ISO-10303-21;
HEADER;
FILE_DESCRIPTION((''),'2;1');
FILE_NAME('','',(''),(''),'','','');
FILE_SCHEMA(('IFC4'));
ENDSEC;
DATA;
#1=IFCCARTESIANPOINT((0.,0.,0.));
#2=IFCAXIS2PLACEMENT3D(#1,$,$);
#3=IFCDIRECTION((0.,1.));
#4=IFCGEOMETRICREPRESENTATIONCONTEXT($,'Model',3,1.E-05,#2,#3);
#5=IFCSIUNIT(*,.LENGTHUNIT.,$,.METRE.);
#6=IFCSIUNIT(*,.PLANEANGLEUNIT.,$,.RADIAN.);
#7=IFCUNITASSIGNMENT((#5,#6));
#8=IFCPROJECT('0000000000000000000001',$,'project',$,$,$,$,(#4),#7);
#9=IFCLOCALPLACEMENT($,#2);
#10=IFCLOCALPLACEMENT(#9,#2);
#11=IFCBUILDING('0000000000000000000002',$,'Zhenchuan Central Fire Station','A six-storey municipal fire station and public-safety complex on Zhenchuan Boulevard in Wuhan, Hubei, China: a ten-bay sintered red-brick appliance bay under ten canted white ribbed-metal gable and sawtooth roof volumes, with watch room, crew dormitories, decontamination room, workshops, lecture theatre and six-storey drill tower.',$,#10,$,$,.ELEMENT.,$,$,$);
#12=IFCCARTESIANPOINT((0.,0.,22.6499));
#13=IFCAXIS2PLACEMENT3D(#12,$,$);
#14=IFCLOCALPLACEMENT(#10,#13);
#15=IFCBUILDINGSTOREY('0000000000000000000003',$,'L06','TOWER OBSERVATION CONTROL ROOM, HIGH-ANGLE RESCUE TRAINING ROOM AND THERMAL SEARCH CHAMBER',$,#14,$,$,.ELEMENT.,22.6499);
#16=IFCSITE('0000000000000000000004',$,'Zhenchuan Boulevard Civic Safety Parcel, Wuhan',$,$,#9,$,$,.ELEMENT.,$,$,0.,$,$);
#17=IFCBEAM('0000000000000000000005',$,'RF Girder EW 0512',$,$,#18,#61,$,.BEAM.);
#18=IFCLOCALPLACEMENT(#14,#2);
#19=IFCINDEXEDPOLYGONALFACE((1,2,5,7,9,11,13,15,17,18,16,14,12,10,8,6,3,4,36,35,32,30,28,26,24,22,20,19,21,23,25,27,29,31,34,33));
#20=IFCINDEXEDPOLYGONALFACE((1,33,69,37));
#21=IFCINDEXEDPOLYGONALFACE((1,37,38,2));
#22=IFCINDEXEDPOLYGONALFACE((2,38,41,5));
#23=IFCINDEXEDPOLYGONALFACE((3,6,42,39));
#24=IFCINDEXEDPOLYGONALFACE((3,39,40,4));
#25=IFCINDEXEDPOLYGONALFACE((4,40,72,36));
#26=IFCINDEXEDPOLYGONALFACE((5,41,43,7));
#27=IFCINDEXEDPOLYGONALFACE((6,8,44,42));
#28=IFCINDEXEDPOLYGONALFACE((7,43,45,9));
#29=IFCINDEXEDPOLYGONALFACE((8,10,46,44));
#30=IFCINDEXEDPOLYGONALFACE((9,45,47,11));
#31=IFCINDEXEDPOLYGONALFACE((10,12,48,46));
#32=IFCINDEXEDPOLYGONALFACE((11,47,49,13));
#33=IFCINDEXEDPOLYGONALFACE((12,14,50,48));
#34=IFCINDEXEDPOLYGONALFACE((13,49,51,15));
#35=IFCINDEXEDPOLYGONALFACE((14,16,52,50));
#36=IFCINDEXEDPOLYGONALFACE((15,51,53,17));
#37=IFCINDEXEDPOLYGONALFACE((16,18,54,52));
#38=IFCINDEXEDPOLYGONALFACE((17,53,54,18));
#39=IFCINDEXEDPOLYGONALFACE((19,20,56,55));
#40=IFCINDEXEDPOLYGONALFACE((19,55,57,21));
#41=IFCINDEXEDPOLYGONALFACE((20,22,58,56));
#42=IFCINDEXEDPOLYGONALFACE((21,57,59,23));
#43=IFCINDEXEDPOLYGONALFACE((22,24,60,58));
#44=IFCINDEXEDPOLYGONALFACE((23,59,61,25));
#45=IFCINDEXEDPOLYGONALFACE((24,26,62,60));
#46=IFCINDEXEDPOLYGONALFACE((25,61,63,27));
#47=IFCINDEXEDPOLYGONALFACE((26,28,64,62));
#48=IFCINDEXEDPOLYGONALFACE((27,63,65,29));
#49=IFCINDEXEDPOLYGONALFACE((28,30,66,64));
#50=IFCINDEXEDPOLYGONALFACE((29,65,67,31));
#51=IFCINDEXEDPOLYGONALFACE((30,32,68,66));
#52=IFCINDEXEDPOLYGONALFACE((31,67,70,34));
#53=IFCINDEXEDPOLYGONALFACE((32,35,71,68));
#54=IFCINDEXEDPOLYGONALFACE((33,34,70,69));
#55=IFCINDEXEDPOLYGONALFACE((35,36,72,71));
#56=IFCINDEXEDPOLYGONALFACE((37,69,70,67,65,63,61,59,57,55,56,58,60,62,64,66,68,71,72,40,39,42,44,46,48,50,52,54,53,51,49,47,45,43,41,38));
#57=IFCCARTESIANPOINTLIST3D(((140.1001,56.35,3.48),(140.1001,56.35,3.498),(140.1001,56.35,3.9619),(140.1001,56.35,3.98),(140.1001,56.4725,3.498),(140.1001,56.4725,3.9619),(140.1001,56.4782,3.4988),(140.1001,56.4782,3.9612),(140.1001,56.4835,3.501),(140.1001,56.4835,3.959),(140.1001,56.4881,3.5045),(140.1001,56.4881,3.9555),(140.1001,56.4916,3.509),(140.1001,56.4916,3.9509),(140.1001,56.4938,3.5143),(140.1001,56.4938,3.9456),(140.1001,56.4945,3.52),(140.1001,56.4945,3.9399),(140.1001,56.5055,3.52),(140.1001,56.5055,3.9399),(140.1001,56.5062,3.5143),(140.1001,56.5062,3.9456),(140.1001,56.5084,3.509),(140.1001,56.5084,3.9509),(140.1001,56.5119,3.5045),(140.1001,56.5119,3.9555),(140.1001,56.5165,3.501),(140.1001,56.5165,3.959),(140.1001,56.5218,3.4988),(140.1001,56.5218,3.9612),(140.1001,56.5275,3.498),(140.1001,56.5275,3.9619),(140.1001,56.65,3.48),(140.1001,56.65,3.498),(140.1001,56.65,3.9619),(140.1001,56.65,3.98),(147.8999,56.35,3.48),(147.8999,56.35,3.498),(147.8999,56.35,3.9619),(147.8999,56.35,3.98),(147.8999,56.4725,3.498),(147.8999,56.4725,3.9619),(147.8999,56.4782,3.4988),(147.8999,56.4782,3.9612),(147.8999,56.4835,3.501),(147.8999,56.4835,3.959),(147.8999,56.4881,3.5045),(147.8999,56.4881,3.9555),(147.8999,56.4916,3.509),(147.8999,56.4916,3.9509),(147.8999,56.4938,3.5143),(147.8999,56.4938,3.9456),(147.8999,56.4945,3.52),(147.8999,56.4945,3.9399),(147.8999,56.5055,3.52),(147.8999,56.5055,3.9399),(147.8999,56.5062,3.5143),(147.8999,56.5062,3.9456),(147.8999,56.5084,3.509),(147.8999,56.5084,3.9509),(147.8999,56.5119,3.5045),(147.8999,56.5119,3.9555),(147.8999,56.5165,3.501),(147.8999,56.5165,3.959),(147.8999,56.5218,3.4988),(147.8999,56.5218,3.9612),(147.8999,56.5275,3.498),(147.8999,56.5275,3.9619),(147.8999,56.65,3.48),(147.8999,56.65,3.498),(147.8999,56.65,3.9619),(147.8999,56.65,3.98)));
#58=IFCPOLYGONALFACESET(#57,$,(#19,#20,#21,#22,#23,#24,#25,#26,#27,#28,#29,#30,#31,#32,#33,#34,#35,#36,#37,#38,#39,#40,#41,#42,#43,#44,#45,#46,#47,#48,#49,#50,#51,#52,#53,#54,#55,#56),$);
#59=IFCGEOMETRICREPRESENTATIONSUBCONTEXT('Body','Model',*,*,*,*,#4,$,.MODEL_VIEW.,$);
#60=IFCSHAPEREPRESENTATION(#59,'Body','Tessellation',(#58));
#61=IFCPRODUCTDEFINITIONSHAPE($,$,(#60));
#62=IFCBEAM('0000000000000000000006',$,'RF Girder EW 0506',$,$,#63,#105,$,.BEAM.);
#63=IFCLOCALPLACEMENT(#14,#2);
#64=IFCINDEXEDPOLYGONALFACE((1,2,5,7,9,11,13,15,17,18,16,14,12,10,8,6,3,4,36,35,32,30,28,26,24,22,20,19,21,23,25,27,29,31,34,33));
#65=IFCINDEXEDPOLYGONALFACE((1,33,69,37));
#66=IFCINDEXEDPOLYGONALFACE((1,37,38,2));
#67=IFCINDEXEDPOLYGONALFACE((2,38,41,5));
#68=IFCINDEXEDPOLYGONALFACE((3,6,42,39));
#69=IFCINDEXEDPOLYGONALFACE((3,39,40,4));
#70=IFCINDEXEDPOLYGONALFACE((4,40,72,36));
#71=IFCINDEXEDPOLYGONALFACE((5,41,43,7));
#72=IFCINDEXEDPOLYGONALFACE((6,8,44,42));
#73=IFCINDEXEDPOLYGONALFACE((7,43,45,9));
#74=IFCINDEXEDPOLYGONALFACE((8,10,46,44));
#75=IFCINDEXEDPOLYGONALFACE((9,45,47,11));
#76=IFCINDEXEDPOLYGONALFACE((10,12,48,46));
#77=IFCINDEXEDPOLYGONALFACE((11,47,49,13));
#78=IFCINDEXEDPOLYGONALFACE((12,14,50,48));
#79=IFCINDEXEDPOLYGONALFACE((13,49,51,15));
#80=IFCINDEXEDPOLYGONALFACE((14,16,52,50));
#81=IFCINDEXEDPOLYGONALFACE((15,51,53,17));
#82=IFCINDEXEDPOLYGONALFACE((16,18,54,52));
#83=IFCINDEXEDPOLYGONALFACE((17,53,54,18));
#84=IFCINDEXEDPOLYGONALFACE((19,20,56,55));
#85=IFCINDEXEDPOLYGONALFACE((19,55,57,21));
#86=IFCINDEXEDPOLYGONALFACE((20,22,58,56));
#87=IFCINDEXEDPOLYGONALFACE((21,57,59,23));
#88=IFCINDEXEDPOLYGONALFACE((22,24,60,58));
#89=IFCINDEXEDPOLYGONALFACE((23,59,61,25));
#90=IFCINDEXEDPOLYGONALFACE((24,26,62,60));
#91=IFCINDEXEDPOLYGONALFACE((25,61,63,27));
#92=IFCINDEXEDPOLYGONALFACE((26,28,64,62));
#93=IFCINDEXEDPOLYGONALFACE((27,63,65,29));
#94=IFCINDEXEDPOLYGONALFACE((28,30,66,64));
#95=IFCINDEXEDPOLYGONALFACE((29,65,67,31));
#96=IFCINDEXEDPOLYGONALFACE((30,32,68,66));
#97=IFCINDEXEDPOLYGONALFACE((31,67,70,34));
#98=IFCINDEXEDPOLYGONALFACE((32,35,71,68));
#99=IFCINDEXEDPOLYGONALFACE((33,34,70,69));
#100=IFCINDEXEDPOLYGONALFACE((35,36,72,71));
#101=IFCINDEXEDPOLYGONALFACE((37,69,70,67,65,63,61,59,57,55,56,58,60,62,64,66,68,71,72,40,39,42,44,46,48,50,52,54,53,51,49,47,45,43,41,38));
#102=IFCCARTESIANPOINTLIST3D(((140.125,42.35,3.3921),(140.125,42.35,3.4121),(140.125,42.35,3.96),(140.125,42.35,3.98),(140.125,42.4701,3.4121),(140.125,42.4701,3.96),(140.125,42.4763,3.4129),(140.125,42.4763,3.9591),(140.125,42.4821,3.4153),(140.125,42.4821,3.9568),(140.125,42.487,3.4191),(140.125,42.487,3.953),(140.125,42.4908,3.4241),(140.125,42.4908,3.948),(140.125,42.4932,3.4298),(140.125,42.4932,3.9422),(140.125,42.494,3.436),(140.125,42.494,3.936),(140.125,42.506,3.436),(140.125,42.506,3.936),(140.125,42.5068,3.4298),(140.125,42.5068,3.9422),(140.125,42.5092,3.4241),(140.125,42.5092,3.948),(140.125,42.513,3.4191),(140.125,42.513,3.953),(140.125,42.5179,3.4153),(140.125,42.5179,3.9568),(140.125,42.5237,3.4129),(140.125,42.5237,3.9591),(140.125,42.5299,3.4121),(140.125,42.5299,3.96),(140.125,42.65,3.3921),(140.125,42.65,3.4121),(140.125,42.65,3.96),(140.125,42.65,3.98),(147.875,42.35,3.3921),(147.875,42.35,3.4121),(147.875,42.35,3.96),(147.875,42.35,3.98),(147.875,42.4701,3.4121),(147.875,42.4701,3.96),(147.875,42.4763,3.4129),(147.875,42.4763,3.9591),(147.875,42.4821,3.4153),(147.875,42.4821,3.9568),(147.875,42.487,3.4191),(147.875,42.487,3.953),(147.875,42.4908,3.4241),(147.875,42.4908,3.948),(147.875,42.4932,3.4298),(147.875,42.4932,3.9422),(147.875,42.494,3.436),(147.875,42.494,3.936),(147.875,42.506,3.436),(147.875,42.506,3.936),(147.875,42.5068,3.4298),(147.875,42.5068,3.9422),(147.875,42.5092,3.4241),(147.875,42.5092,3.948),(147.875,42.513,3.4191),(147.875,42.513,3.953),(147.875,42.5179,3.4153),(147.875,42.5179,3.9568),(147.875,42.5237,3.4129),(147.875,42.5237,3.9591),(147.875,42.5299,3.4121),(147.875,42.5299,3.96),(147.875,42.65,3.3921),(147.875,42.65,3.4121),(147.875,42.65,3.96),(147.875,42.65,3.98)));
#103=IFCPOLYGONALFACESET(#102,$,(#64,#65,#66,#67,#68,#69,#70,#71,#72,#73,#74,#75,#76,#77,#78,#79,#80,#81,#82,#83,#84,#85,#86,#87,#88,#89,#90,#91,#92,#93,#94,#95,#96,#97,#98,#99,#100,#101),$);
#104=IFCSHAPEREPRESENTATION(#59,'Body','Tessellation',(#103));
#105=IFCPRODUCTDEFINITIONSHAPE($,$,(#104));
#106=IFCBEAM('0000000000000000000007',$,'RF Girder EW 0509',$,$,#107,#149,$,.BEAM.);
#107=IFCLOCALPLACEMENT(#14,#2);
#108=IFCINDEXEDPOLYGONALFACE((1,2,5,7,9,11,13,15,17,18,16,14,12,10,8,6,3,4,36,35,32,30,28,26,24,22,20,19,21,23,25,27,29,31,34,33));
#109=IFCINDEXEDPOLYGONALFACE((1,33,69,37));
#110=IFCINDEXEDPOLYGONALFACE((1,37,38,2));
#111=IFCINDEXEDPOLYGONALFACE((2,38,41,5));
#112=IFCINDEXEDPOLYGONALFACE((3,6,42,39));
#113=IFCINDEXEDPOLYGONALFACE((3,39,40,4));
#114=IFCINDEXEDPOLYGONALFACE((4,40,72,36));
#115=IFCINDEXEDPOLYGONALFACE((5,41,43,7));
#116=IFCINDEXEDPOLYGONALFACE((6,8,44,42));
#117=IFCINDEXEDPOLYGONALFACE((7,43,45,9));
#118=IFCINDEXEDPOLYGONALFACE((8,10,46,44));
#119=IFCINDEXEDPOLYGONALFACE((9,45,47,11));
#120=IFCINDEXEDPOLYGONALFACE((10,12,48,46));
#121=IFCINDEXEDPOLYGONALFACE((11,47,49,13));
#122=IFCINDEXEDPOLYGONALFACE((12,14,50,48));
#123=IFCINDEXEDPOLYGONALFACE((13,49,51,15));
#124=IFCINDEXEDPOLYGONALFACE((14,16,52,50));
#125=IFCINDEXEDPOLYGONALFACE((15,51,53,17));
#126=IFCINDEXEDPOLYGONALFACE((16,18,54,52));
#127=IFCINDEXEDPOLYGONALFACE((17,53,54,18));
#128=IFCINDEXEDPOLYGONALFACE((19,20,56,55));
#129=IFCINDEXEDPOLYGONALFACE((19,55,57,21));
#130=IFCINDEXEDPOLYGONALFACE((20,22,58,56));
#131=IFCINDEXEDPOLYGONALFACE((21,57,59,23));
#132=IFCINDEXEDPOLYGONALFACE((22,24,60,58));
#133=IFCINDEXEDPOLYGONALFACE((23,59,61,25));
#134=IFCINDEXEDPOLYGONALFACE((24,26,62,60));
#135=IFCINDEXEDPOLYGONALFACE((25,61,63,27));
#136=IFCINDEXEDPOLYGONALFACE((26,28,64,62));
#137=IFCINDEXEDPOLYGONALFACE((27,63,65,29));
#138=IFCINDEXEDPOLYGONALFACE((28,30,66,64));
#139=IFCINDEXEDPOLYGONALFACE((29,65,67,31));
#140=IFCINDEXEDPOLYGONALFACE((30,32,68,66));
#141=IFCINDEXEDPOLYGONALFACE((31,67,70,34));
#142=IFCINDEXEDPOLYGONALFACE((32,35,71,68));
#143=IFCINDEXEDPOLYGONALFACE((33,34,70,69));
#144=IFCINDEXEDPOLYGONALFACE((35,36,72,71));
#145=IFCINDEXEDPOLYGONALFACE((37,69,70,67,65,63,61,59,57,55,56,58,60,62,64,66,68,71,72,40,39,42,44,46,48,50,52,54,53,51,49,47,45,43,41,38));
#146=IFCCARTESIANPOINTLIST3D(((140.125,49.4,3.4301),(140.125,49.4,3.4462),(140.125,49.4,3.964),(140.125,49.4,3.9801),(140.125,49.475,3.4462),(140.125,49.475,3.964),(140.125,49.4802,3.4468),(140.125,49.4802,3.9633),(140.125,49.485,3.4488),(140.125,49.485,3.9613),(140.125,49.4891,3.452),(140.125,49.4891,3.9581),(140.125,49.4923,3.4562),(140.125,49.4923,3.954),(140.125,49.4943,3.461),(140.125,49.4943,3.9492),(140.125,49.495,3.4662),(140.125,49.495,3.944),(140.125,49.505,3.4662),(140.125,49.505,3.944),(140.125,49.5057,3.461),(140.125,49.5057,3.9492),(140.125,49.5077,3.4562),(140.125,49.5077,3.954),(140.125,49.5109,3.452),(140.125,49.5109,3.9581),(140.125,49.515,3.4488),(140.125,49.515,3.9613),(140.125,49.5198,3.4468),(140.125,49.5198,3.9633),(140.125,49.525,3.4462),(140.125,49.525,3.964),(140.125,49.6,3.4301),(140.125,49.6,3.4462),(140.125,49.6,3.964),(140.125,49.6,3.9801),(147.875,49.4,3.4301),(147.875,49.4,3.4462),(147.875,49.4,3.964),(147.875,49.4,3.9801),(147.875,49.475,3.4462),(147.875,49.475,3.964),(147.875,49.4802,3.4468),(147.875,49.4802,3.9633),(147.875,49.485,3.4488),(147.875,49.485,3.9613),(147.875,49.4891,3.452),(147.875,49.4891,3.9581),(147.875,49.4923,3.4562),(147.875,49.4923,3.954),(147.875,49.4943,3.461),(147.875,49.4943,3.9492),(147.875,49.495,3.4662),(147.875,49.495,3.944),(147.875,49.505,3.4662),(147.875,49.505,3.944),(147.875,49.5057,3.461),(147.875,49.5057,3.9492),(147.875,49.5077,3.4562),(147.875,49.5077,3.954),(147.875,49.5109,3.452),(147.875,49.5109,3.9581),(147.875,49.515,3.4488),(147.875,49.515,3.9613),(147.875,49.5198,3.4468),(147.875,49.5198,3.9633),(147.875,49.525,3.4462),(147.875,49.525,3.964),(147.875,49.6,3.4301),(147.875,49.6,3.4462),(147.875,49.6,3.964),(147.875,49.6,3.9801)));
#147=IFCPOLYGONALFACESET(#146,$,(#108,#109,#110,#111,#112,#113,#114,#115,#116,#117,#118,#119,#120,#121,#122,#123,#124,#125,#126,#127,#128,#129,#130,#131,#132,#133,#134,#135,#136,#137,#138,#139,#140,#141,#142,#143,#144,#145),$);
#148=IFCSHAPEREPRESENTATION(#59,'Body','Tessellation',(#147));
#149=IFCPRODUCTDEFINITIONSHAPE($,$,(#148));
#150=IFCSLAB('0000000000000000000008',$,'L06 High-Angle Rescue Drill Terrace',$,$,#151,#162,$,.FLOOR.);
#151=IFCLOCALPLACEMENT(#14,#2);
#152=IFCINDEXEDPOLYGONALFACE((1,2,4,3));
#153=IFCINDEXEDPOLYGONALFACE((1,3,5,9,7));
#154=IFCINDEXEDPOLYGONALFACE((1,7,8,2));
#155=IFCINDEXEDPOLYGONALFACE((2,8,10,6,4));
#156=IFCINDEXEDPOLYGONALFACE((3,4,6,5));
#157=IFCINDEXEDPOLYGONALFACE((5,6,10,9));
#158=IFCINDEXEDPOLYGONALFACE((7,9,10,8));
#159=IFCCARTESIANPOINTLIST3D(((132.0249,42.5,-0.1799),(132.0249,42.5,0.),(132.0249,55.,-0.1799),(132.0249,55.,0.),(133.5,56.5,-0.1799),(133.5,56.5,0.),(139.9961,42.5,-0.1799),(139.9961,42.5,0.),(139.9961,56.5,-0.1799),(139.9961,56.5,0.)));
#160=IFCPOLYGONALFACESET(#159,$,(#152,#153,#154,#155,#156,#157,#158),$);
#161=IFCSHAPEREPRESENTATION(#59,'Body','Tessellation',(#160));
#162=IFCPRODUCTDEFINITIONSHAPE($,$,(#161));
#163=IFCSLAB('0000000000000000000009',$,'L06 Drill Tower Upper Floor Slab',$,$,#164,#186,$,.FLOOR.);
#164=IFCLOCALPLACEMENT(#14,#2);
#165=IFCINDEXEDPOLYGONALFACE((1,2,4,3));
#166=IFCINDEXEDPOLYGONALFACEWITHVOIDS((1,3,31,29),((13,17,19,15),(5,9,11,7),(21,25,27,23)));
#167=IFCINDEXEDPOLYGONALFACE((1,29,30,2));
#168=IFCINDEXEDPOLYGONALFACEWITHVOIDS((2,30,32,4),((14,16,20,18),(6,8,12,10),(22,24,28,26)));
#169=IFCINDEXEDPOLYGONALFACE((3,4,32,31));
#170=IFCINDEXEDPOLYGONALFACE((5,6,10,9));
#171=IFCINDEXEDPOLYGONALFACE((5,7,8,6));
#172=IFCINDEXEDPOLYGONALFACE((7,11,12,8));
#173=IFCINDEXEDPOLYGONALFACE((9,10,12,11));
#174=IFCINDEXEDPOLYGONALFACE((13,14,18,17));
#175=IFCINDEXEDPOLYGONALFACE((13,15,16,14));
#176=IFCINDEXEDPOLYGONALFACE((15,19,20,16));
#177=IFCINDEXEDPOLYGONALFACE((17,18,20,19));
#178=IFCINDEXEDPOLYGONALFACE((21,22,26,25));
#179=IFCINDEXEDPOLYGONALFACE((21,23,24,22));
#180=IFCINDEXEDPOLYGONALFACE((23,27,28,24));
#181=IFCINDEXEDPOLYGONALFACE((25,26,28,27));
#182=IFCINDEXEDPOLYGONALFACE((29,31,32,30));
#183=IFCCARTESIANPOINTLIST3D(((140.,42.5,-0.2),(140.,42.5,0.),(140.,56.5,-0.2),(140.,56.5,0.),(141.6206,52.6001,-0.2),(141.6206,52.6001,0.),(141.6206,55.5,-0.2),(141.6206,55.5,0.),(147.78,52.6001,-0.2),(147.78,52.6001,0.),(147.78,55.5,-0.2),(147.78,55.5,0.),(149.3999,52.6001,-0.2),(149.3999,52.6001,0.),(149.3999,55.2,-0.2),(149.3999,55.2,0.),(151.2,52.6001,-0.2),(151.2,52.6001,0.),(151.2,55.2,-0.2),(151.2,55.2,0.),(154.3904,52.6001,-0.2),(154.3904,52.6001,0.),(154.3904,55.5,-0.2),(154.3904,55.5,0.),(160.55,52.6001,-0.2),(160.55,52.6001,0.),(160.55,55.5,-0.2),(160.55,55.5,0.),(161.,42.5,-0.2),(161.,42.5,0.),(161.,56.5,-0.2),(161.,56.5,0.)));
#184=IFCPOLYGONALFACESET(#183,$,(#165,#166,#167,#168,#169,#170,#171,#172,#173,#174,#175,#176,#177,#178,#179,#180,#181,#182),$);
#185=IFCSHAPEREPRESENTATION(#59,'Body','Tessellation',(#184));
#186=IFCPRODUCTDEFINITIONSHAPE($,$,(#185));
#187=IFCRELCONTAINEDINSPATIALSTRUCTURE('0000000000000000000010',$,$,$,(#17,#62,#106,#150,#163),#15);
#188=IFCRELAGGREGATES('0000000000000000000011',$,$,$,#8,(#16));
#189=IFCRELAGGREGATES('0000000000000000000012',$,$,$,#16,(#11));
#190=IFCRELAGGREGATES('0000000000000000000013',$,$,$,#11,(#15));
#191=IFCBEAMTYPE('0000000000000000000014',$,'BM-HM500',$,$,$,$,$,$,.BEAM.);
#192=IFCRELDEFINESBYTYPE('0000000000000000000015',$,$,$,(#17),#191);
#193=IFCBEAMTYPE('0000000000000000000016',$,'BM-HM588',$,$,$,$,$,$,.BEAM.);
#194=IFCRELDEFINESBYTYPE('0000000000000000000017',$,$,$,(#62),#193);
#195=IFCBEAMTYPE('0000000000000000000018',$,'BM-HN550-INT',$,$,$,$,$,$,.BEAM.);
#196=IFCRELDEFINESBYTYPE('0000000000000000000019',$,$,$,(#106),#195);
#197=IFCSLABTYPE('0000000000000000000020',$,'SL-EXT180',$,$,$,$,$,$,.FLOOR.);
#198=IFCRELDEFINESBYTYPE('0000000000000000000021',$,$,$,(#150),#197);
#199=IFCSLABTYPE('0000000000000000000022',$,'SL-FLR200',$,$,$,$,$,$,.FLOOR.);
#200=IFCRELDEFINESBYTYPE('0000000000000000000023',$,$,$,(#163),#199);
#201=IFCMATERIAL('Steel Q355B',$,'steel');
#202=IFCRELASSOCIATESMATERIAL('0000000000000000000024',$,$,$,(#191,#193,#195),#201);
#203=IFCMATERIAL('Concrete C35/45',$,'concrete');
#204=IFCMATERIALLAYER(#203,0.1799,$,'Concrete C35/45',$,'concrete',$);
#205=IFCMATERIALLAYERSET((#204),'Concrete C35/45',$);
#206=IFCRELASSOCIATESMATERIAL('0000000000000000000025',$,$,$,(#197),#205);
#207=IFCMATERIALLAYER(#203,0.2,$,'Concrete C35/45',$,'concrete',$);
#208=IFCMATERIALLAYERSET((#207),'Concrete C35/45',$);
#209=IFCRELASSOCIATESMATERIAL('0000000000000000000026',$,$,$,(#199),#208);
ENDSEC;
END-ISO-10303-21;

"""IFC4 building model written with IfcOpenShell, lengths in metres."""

from ifc_helpers import new_model, si_unit, direction, frame, origin, origin_2d, place, context, subcontext, project, spatial, polyline, i_section, outline, extrude, material, layer, layer_set, material_profile, profile_set, type_object, element, save


model = new_model("IFC4")

# Units and contexts
model_context = context("Model", 3, precision=1e-05, world=origin(), true_north=direction((0.0, 1.0)))
body_context = subcontext(model_context, "Body", "Model", "MODEL_VIEW")
ifc_project = project(units=[si_unit("LENGTHUNIT", "METRE"), si_unit("PLANEANGLEUNIT", "RADIAN")], contexts=[model_context])

# Site, building, storey
site_placement = place(None, origin())
site = spatial("IfcSite", under=ifc_project, at=site_placement, Name="Zhenchuan Boulevard Civic Safety Parcel, Wuhan", CompositionType="ELEMENT", RefElevation=0.0)
building_placement = place(site_placement, origin())
building = spatial("IfcBuilding", under=site, at=building_placement, Name="Zhenchuan Central Fire Station", Description="A six-storey municipal fire station and public-safety complex on Zhenchuan Boulevard in Wuhan, Hubei, China: a ten-bay sintered red-brick appliance bay under ten canted white ribbed-metal gable and sawtooth roof volumes, with watch room, crew dormitories, decontamination room, workshops, lecture theatre and six-storey drill tower.", CompositionType="ELEMENT")
storey_placement = place(building_placement, frame((0.0, 0.0, 22.6499)))
storey = spatial("IfcBuildingStorey", under=building, at=storey_placement, Name="L06", Description="TOWER OBSERVATION CONTROL ROOM, HIGH-ANGLE RESCUE TRAINING ROOM AND THERMAL SEARCH CHAMBER", CompositionType="ELEMENT", Elevation=22.6499)

# Shared definitions
ifc_material_1 = material(Name="Steel Q355B", Category="steel")

# Beams
ifc_material_profile_1 = material_profile(ifc_material_1, i_section(OverallWidth=0.3, OverallDepth=0.5, WebThickness=0.011, FlangeThickness=0.0181, FilletRadius=0.022, at=origin_2d()), Name="HM 500x300")
ifc_profile_set_1 = profile_set([ifc_material_profile_1], Name="Steel Q355B")
beam_type_1 = type_object("IfcBeamType", Name="BM-HM500", PredefinedType="BEAM", material=ifc_profile_set_1)
beam_1_placement = place(storey_placement, frame((140.1001, 56.5, 3.73), z_axis=(1.0, 0.0, 0.0), x_axis=(0.0, 1.0, 0.0)))
element("IfcBeam", 1, at=beam_1_placement, inside=storey, type_object=beam_type_1, Name="RF Girder EW 0512", PredefinedType="BEAM", context=body_context, shape_type="SweptSolid", body=[
    extrude(i_section(OverallWidth=0.3, OverallDepth=0.5, WebThickness=0.011, FlangeThickness=0.0181, FilletRadius=0.022, at=origin_2d()), origin(), (0.0, 0.0, 1.0), 7.7998),
])
ifc_material_profile_2 = material_profile(ifc_material_1, i_section(OverallWidth=0.3, OverallDepth=0.5879, WebThickness=0.012, FlangeThickness=0.02, FilletRadius=0.0239, at=origin_2d()), Name="HM 588x300")
ifc_profile_set_2 = profile_set([ifc_material_profile_2], Name="Steel Q355B")
beam_type_2 = type_object("IfcBeamType", Name="BM-HM588", PredefinedType="BEAM", material=ifc_profile_set_2)
beam_2_placement = place(storey_placement, frame((140.125, 42.5, 3.686), z_axis=(1.0, 0.0, 0.0), x_axis=(0.0, 1.0, 0.0)))
element("IfcBeam", 2, at=beam_2_placement, inside=storey, type_object=beam_type_2, Name="RF Girder EW 0506", PredefinedType="BEAM", context=body_context, shape_type="SweptSolid", body=[
    extrude(i_section(OverallWidth=0.3, OverallDepth=0.5879, WebThickness=0.012, FlangeThickness=0.02, FilletRadius=0.0239, at=origin_2d()), origin(), (0.0, 0.0, 1.0), 7.75),
])
ifc_material_profile_3 = material_profile(ifc_material_1, i_section(OverallWidth=0.2, OverallDepth=0.55, WebThickness=0.01, FlangeThickness=0.0161, FilletRadius=0.02, at=origin_2d()), Name="HN 550x200")
ifc_profile_set_3 = profile_set([ifc_material_profile_3], Name="Steel Q355B")
beam_type_3 = type_object("IfcBeamType", Name="BM-HN550-INT", PredefinedType="BEAM", material=ifc_profile_set_3)
beam_3_placement = place(storey_placement, frame((140.125, 49.5, 3.7051), z_axis=(1.0, 0.0, 0.0), x_axis=(0.0, 1.0, 0.0)))
element("IfcBeam", 3, at=beam_3_placement, inside=storey, type_object=beam_type_3, Name="RF Girder EW 0509", PredefinedType="BEAM", context=body_context, shape_type="SweptSolid", body=[
    extrude(i_section(OverallWidth=0.2, OverallDepth=0.55, WebThickness=0.01, FlangeThickness=0.0161, FilletRadius=0.02, at=origin_2d()), origin(), (0.0, 0.0, 1.0), 7.75),
])

# Slabs
ifc_material_2 = material(Name="Concrete C35/45", Category="concrete")
ifc_layer_1 = layer(ifc_material_2, 0.1799, Name="Concrete C35/45", Category="concrete")
ifc_layer_set_1 = layer_set([ifc_layer_1], Name="Concrete C35/45")
slab_type_1 = type_object("IfcSlabType", Name="SL-EXT180", PredefinedType="FLOOR", material=ifc_layer_set_1)
slab_1_placement = place(storey_placement, frame((0.0, 0.0, -0.1799)))
element("IfcSlab", 4, at=slab_1_placement, inside=storey, type_object=slab_type_1, Name="L06 High-Angle Rescue Drill Terrace", PredefinedType="FLOOR", context=body_context, shape_type="SweptSolid", body=[
    extrude(outline(polyline([(132.0249, 42.5), (139.9961, 42.5), (139.9961, 56.5), (133.5, 56.5), (132.0249, 55.0), (132.0249, 42.5)])), origin(), (0.0, 0.0, 1.0), 0.1799),
])
ifc_layer_2 = layer(ifc_material_2, 0.2, Name="Concrete C35/45", Category="concrete")
ifc_layer_set_2 = layer_set([ifc_layer_2], Name="Concrete C35/45")
slab_type_2 = type_object("IfcSlabType", Name="SL-FLR200", PredefinedType="FLOOR", material=ifc_layer_set_2)
slab_2_placement = place(storey_placement, frame((0.0, 0.0, -0.2)))
element("IfcSlab", 5, at=slab_2_placement, inside=storey, type_object=slab_type_2, Name="L06 Drill Tower Upper Floor Slab", PredefinedType="FLOOR", context=body_context, shape_type="SweptSolid", body=[
    extrude(outline(polyline([(140.0, 42.5), (161.0, 42.5), (161.0, 56.5), (140.0, 56.5), (140.0, 42.5)]), holes=[polyline([(141.6206, 52.6001), (147.78, 52.6001), (147.78, 55.5), (141.6206, 55.5), (141.6206, 52.6001)]), polyline([(154.3904, 52.6001), (160.55, 52.6001), (160.55, 55.5), (154.3904, 55.5), (154.3904, 52.6001)]), polyline([(149.3999, 52.6001), (151.2, 52.6001), (151.2, 55.2), (149.3999, 55.2), (149.3999, 52.6001)])]), origin(), (0.0, 0.0, 1.0), 0.2),
])

save(model, "model.ifc")
